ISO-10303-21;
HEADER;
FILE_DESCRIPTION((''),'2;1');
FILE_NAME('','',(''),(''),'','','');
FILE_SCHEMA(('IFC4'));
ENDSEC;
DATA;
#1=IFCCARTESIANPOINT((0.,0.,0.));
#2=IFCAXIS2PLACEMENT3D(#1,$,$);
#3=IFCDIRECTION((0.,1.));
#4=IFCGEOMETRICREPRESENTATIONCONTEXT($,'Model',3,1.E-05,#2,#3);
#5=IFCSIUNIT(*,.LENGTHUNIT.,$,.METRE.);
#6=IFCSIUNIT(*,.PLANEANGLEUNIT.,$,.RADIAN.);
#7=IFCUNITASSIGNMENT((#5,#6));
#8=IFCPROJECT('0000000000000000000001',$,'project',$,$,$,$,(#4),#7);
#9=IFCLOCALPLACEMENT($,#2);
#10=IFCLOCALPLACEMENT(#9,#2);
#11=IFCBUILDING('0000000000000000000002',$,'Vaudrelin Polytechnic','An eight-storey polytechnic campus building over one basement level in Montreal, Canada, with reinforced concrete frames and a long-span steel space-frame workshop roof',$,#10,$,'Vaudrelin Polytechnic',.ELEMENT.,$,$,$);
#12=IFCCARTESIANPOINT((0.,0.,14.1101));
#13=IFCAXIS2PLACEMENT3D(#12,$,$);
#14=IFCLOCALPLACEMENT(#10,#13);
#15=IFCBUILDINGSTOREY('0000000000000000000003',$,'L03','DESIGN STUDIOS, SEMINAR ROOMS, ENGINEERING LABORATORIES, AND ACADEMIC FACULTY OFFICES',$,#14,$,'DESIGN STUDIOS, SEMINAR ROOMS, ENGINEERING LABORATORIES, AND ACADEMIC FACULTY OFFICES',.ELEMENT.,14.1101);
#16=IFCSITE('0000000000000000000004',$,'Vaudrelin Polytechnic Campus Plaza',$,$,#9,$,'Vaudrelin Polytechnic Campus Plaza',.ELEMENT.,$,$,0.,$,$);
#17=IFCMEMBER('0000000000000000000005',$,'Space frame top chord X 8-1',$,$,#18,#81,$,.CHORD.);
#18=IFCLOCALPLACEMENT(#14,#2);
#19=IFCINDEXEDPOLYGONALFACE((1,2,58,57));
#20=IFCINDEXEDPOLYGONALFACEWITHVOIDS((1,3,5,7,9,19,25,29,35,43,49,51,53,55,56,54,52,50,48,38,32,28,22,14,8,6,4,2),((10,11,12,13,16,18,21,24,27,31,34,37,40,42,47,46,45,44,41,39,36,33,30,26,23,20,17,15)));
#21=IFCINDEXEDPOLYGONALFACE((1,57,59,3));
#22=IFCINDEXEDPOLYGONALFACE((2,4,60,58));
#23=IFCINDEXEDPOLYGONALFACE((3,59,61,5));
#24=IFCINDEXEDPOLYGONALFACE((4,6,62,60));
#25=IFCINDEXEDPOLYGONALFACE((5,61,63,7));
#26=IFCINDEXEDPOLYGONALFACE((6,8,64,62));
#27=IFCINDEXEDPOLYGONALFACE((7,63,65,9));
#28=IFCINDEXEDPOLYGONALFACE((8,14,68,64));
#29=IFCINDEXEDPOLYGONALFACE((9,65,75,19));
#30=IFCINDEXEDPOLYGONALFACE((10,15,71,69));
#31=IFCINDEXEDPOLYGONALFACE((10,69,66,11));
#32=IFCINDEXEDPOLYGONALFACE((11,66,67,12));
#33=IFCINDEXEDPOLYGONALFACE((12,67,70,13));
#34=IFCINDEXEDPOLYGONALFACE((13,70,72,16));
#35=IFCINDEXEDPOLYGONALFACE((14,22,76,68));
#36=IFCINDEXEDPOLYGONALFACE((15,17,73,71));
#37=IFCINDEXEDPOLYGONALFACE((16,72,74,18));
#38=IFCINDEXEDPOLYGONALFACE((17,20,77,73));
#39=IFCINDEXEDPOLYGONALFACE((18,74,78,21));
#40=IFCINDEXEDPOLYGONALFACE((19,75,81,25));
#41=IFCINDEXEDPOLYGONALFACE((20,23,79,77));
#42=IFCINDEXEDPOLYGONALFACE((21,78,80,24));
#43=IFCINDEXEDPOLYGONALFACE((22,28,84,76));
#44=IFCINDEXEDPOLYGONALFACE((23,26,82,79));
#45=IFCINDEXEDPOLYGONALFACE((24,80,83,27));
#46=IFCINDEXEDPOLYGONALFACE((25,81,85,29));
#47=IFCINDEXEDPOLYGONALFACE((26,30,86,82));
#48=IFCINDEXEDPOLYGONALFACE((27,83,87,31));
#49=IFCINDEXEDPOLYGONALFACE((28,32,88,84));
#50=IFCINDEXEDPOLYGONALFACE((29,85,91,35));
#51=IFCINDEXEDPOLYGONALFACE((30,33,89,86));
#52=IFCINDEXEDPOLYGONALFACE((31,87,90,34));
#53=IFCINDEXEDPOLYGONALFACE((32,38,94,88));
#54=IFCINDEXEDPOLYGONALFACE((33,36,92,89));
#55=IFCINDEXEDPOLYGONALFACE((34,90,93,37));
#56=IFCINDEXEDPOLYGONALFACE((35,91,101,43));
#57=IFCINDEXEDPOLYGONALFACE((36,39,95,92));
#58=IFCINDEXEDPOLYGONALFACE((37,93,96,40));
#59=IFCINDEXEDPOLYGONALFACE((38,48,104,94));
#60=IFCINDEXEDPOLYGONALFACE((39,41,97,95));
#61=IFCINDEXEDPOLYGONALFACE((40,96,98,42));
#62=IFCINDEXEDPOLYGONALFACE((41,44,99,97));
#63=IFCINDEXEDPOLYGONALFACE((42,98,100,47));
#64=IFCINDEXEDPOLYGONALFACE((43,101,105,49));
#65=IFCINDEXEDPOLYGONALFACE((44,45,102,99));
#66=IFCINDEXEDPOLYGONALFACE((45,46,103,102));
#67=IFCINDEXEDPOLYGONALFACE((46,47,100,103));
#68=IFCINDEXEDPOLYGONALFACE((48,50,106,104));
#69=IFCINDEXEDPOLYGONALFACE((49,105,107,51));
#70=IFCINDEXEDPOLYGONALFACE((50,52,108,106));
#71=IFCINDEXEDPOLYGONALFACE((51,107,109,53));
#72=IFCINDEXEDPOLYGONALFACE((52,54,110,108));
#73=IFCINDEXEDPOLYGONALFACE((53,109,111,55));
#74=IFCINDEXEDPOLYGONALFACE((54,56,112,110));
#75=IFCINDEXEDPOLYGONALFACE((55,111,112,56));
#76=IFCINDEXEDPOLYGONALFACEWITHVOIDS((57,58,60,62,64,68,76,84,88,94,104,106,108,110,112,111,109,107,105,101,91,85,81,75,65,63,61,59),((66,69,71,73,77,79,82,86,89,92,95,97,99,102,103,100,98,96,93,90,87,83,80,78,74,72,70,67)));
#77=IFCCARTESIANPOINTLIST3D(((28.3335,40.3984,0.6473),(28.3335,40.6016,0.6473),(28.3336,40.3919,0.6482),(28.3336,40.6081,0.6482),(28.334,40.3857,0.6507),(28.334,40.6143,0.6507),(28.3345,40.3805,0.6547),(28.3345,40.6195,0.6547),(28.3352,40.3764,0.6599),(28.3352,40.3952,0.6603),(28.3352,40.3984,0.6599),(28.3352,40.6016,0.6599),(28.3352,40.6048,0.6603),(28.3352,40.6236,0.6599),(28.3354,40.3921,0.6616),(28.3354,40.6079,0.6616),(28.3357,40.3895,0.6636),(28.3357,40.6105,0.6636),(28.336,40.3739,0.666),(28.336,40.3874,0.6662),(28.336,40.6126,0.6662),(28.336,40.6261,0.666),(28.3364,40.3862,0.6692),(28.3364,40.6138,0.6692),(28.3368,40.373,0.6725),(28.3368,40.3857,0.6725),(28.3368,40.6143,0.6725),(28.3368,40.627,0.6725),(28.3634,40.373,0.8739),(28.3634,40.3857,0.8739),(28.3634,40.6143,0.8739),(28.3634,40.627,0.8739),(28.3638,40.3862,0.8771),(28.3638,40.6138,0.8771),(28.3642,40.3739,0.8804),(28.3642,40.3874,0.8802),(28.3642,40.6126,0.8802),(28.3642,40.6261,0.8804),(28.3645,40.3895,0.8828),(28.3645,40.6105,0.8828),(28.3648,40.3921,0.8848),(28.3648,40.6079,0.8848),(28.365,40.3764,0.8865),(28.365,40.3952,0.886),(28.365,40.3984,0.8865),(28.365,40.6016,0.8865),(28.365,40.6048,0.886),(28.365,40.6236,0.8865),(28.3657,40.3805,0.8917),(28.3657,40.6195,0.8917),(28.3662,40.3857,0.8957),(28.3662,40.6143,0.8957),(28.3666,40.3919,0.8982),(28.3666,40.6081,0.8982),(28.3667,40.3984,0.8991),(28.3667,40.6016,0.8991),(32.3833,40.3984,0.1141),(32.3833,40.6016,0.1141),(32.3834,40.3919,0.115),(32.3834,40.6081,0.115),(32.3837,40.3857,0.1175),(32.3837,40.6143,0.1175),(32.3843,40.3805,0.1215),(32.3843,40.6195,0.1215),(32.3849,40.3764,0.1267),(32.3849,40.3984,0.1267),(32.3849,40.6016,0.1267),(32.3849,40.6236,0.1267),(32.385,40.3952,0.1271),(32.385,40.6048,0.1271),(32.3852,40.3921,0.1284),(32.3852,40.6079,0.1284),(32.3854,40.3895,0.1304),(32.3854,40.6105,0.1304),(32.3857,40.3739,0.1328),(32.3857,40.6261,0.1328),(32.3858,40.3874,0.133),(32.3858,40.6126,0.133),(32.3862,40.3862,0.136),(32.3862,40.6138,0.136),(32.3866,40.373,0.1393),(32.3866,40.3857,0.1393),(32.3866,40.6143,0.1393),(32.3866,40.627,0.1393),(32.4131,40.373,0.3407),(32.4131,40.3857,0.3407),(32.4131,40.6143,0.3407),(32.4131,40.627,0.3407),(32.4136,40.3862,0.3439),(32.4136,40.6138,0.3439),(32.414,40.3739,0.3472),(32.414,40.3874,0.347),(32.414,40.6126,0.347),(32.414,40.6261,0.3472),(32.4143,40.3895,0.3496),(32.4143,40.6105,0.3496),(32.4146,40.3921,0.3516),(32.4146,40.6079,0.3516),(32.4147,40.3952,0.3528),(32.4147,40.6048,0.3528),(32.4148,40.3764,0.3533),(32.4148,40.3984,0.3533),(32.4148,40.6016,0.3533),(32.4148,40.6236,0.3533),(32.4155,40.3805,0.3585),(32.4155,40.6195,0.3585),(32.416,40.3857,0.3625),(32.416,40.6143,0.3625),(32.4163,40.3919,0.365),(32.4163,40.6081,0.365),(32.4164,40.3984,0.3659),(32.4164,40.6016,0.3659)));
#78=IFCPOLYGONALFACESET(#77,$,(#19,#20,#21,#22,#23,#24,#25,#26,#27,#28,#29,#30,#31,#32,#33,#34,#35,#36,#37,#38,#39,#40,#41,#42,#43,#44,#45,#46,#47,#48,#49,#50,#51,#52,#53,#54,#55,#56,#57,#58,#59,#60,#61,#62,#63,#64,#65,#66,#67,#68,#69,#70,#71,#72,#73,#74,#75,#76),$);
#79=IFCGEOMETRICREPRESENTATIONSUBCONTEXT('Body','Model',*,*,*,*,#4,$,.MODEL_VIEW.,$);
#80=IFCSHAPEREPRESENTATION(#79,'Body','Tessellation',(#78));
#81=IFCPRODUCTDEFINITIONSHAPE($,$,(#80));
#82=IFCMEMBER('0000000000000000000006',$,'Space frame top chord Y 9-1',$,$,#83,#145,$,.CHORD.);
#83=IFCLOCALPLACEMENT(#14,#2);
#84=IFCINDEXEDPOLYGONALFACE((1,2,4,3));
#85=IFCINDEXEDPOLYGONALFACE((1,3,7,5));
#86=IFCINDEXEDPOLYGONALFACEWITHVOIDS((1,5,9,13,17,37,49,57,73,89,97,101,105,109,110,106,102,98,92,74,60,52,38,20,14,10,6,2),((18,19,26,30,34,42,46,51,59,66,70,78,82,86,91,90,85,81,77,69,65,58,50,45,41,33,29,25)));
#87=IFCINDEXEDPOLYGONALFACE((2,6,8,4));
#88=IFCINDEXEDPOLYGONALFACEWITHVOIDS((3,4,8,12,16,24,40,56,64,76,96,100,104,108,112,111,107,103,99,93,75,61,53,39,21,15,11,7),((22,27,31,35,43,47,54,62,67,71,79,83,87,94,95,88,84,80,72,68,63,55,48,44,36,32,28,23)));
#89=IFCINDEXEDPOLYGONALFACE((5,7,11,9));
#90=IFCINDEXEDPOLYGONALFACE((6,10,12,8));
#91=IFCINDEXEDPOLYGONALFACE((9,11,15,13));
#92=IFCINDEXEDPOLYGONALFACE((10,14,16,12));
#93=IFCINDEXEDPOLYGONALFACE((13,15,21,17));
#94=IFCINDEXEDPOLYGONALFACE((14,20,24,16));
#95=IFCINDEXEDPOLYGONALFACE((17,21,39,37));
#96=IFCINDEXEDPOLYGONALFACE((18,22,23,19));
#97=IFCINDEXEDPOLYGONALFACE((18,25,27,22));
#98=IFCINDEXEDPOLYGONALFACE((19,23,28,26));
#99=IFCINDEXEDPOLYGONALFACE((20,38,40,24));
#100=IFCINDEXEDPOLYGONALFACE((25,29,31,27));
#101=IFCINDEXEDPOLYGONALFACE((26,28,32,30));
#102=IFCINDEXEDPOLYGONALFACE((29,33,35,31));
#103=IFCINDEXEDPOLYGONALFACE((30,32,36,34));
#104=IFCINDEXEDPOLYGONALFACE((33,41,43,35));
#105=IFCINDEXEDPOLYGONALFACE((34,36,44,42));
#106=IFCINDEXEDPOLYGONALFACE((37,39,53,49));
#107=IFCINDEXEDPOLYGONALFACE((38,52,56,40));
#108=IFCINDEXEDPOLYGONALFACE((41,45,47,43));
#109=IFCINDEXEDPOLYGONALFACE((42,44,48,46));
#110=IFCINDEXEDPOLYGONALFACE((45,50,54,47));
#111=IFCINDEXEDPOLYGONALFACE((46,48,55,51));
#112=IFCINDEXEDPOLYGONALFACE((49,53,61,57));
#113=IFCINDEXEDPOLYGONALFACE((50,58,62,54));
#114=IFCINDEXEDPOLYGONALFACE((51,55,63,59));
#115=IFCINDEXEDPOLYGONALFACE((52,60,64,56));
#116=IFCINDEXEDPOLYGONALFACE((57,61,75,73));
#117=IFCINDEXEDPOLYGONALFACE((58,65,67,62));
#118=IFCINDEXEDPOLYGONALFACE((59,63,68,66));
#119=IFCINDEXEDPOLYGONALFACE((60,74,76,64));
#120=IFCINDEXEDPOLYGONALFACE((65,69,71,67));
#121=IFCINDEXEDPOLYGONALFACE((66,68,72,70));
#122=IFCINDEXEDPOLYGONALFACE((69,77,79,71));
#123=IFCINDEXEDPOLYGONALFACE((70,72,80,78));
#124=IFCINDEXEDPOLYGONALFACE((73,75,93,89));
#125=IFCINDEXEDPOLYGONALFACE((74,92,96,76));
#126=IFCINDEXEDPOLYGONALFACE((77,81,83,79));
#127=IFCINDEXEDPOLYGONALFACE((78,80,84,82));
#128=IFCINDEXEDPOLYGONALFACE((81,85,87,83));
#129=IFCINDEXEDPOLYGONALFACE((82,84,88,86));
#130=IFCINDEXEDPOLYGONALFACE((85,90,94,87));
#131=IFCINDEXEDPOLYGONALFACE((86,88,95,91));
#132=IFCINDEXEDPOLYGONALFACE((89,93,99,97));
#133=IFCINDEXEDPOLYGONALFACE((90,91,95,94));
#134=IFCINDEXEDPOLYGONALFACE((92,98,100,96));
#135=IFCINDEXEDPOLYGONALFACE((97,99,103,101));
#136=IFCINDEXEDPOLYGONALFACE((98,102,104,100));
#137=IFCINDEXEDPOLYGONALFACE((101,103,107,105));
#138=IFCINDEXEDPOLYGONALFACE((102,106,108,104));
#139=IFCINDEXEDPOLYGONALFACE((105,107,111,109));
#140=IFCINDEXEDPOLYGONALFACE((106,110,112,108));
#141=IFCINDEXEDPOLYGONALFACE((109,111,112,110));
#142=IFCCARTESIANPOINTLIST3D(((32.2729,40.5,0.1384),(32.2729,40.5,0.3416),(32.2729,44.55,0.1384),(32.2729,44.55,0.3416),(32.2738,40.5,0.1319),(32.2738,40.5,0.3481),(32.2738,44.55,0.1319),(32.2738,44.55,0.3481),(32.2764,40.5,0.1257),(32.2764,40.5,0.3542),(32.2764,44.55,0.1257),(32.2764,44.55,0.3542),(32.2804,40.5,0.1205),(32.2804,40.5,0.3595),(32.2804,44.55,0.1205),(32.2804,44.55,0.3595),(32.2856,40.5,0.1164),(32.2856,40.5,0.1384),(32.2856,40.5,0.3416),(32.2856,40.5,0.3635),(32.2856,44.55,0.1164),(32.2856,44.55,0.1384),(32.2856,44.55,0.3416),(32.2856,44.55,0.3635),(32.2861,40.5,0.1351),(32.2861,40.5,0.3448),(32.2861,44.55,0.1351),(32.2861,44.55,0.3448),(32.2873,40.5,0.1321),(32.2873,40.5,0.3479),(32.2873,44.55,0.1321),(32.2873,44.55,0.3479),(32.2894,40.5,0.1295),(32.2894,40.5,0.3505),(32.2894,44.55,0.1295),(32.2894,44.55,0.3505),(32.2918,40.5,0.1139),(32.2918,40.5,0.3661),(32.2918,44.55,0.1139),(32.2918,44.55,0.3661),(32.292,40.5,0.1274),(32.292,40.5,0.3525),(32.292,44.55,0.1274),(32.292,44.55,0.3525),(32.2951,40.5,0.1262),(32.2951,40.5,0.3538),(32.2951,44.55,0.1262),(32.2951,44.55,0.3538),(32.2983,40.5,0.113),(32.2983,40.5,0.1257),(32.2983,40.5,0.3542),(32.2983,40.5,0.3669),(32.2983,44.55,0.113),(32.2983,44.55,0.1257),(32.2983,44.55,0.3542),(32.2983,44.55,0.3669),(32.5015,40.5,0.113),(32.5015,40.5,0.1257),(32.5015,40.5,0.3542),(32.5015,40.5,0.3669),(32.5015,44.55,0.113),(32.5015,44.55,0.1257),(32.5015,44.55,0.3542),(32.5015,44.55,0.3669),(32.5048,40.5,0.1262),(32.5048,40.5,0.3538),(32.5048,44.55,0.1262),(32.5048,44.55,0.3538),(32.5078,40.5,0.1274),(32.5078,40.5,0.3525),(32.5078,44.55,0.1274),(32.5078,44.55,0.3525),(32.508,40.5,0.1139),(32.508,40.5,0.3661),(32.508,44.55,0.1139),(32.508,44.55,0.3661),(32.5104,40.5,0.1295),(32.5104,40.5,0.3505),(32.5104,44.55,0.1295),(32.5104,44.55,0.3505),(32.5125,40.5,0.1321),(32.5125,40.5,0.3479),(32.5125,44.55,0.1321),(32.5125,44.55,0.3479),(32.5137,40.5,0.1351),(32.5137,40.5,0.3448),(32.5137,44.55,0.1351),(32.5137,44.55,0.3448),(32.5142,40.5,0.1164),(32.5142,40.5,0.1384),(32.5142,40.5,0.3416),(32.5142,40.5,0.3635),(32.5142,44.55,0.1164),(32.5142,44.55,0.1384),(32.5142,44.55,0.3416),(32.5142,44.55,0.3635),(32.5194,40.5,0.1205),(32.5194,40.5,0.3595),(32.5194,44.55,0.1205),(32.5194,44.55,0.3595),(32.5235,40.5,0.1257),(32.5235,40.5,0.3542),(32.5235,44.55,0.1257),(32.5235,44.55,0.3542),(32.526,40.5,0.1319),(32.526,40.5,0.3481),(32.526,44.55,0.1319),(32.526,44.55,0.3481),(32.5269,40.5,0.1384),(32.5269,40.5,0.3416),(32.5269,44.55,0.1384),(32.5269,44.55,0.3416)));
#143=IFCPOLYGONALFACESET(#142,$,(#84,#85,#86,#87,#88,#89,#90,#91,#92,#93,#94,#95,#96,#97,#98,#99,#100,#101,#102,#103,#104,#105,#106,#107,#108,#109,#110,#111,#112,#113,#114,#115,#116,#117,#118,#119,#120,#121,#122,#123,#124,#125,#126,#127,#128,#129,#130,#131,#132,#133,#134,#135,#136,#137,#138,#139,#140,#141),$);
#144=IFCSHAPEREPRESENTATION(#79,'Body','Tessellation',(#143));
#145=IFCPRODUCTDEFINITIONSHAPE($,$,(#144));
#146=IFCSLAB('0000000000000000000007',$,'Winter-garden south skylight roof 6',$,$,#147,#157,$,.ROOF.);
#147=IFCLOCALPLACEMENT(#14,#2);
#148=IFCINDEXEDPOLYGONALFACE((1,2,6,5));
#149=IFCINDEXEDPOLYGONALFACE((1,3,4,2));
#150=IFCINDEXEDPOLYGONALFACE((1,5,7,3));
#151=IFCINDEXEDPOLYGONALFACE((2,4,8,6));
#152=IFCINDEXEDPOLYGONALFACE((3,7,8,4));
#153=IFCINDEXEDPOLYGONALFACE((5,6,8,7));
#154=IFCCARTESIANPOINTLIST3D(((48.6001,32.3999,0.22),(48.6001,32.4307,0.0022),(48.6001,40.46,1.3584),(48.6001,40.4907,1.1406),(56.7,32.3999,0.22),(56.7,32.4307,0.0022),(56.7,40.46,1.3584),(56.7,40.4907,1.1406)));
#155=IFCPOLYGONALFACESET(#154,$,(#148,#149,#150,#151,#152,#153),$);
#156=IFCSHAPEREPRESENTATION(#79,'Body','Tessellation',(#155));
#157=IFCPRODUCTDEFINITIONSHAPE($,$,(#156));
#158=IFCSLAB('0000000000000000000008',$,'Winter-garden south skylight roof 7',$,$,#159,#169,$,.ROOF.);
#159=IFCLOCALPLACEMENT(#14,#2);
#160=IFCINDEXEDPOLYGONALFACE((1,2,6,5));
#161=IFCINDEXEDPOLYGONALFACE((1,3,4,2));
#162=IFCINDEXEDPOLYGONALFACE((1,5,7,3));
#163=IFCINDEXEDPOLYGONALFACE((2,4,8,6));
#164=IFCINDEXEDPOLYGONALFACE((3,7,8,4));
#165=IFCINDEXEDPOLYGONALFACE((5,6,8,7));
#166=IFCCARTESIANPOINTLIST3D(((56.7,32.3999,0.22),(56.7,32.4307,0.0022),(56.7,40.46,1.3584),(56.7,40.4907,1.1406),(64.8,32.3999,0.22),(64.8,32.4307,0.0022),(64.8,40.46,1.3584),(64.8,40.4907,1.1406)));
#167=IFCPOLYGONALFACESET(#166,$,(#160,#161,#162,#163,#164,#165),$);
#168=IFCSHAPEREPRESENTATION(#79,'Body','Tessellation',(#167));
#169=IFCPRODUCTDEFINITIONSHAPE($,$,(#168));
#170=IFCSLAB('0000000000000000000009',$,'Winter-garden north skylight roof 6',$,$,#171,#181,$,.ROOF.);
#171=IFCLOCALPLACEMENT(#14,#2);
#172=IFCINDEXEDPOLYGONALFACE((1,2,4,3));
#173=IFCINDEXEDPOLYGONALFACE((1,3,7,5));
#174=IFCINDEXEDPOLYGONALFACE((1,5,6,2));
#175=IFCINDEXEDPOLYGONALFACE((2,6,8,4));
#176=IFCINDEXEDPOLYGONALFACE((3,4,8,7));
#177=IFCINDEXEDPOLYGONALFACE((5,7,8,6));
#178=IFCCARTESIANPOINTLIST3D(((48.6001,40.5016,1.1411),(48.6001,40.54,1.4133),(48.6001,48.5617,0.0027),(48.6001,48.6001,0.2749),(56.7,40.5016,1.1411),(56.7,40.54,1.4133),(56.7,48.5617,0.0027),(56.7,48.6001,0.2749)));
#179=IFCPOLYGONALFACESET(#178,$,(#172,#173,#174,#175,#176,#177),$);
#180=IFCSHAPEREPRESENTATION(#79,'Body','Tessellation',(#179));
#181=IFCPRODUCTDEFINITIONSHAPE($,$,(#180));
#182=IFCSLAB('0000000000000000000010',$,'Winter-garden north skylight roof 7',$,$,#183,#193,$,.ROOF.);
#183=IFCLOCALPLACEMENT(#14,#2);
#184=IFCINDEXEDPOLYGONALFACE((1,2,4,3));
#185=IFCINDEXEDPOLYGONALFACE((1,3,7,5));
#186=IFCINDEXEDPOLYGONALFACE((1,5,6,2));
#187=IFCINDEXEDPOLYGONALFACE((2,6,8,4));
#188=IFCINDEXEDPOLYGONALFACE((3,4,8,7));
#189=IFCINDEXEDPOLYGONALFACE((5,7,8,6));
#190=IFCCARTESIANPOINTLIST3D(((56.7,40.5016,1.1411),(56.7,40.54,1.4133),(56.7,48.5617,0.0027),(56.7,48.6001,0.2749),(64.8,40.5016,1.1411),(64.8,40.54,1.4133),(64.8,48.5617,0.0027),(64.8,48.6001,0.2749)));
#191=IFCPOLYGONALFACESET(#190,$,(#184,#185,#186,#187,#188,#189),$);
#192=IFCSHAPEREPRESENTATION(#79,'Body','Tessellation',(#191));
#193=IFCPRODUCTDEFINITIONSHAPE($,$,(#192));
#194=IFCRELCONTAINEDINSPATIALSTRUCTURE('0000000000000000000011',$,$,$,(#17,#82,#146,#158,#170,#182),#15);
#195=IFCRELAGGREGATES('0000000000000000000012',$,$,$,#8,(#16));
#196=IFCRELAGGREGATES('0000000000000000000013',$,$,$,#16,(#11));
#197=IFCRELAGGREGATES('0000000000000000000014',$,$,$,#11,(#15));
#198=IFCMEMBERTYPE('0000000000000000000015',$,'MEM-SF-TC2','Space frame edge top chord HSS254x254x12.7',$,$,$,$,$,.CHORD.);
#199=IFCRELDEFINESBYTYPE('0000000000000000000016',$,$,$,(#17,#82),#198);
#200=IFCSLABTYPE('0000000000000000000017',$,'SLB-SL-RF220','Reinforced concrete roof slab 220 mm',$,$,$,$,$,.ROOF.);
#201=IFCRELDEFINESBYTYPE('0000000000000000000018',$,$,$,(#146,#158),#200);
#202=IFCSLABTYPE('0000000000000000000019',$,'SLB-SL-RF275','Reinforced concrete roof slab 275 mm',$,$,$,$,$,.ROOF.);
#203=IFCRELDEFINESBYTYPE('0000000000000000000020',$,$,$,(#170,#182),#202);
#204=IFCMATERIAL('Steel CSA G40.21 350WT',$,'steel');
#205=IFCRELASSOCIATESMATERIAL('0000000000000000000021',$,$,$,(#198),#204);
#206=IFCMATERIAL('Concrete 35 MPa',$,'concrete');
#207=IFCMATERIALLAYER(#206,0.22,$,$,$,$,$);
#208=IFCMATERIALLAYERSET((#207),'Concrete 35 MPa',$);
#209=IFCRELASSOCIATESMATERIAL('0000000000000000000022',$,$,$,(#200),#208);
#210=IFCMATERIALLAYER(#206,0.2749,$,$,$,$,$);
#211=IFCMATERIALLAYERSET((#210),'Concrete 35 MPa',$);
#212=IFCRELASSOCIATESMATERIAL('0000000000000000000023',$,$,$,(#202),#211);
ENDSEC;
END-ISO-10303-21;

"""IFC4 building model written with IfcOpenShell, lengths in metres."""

from ifc_helpers import new_model, si_unit, direction, frame, origin, origin_2d, place, context, subcontext, project, spatial, polyline, hollow_rectangle, outline, extrude, material, layer, layer_set, material_profile, profile_set, type_object, element, save


model = new_model("IFC4")

# Units and contexts
model_context = context("Model", 3, precision=1e-05, world=origin(), true_north=direction((0.0, 1.0)))
body_context = subcontext(model_context, "Body", "Model", "MODEL_VIEW")
ifc_project = project(units=[si_unit("LENGTHUNIT", "METRE"), si_unit("PLANEANGLEUNIT", "RADIAN")], contexts=[model_context])

# Site, building, storey
site_placement = place(None, origin())
site = spatial("IfcSite", under=ifc_project, at=site_placement, Name="Vaudrelin Polytechnic Campus Plaza", LongName="Vaudrelin Polytechnic Campus Plaza", CompositionType="ELEMENT", RefElevation=0.0)
building_placement = place(site_placement, origin())
building = spatial("IfcBuilding", under=site, at=building_placement, Name="Vaudrelin Polytechnic", Description="An eight-storey polytechnic campus building over one basement level in Montreal, Canada, with reinforced concrete frames and a long-span steel space-frame workshop roof", LongName="Vaudrelin Polytechnic", CompositionType="ELEMENT")
storey_placement = place(building_placement, frame((0.0, 0.0, 14.1101)))
storey = spatial("IfcBuildingStorey", under=building, at=storey_placement, Name="L03", Description="DESIGN STUDIOS, SEMINAR ROOMS, ENGINEERING LABORATORIES, AND ACADEMIC FACULTY OFFICES", LongName="DESIGN STUDIOS, SEMINAR ROOMS, ENGINEERING LABORATORIES, AND ACADEMIC FACULTY OFFICES", CompositionType="ELEMENT", Elevation=14.1101)

# Members
ifc_material_1 = material(Name="Steel CSA G40.21 350WT", Category="steel")
ifc_material_profile_1 = material_profile(ifc_material_1, hollow_rectangle(XDim=0.2539, YDim=0.2539, WallThickness=0.0127, InnerFilletRadius=0.0127, OuterFilletRadius=0.0254, at=origin_2d()), Name="HSS254x254x12.7")
ifc_profile_set_1 = profile_set([ifc_material_profile_1], Name="Steel CSA G40.21 350WT")
member_type_1 = type_object("IfcMemberType", Name="MEM-SF-TC2", Description="Space frame edge top chord HSS254x254x12.7", PredefinedType="CHORD", material=ifc_profile_set_1)
member_1_placement = place(storey_placement, frame((28.3501, 40.5, 0.7732), z_axis=(0.991444, 0.0, -0.130535), x_axis=(0.0, 1.0, 0.0)))
element("IfcMember", 1, at=member_1_placement, inside=storey, type_object=member_type_1, Name="Space frame top chord X 8-1", PredefinedType="CHORD", context=body_context, shape_type="SweptSolid", body=[
    extrude(hollow_rectangle(XDim=0.2539, YDim=0.2539, WallThickness=0.0127, InnerFilletRadius=0.0127, OuterFilletRadius=0.0254, at=origin_2d()), origin(), (0.0, 0.0, 1.0), 4.0847),
])
member_2_placement = place(storey_placement, frame((32.3999, 40.5, 0.24), z_axis=(0.0, 1.0, 0.0), x_axis=(-1.0, 0.0, 0.0)))
element("IfcMember", 2, at=member_2_placement, inside=storey, type_object=member_type_1, Name="Space frame top chord Y 9-1", PredefinedType="CHORD", context=body_context, shape_type="SweptSolid", body=[
    extrude(hollow_rectangle(XDim=0.2539, YDim=0.2539, WallThickness=0.0127, InnerFilletRadius=0.0127, OuterFilletRadius=0.0254, at=origin_2d()), origin(), (0.0, 0.0, 1.0), 4.05),
])

# Slabs
ifc_material_2 = material(Name="Concrete 35 MPa", Category="concrete")
ifc_layer_1 = layer(ifc_material_2, 0.22)
ifc_layer_set_1 = layer_set([ifc_layer_1], Name="Concrete 35 MPa")
slab_type_1 = type_object("IfcSlabType", Name="SLB-SL-RF220", Description="Reinforced concrete roof slab 220 mm", PredefinedType="ROOF", material=ifc_layer_set_1)
slab_1_placement = place(storey_placement, frame((48.6001, 32.3999, 0.22), z_axis=(0.0, -0.139855, 0.990172), x_axis=(1.0, 0.0, 0.0)))
element("IfcSlab", 3, at=slab_1_placement, inside=storey, type_object=slab_type_1, Name="Winter-garden south skylight roof 6", PredefinedType="ROOF", context=body_context, shape_type="SweptSolid", body=[
    extrude(outline(polyline([(0.0, 0.0), (8.0999, 0.0), (8.0999, 8.1401), (0.0, 8.1401), (0.0, 0.0)])), origin(), (0.0, 0.0, -1.0), 0.22),
])
slab_2_placement = place(storey_placement, frame((56.7, 32.3999, 0.22), z_axis=(0.0, -0.139855, 0.990172), x_axis=(1.0, 0.0, 0.0)))
element("IfcSlab", 4, at=slab_2_placement, inside=storey, type_object=slab_type_1, Name="Winter-garden south skylight roof 7", PredefinedType="ROOF", context=body_context, shape_type="SweptSolid", body=[
    extrude(outline(polyline([(0.0, 0.0), (8.1001, 0.0), (8.1001, 8.1401), (0.0, 8.1401), (0.0, 0.0)])), origin(), (0.0, 0.0, -1.0), 0.22),
])
ifc_layer_2 = layer(ifc_material_2, 0.2749)
ifc_layer_set_2 = layer_set([ifc_layer_2], Name="Concrete 35 MPa")
slab_type_2 = type_object("IfcSlabType", Name="SLB-SL-RF275", Description="Reinforced concrete roof slab 275 mm", PredefinedType="ROOF", material=ifc_layer_set_2)
slab_3_placement = place(storey_placement, frame((48.6001, 40.54, 1.4133), z_axis=(0.0, 0.139855, 0.990172), x_axis=(1.0, 0.0, 0.0)))
element("IfcSlab", 5, at=slab_3_placement, inside=storey, type_object=slab_type_2, Name="Winter-garden north skylight roof 6", PredefinedType="ROOF", context=body_context, shape_type="SweptSolid", body=[
    extrude(outline(polyline([(0.0, 0.0), (8.0999, 0.0), (8.0999, 8.1401), (0.0, 8.1401), (0.0, 0.0)])), origin(), (0.0, 0.0, -1.0), 0.2749),
])
slab_4_placement = place(storey_placement, frame((56.7, 40.54, 1.4133), z_axis=(0.0, 0.139855, 0.990172), x_axis=(1.0, 0.0, 0.0)))
element("IfcSlab", 6, at=slab_4_placement, inside=storey, type_object=slab_type_2, Name="Winter-garden north skylight roof 7", PredefinedType="ROOF", context=body_context, shape_type="SweptSolid", body=[
    extrude(outline(polyline([(0.0, 0.0), (8.1001, 0.0), (8.1001, 8.1401), (0.0, 8.1401), (0.0, 0.0)])), origin(), (0.0, 0.0, -1.0), 0.2749),
])

save(model, "model.ifc")
